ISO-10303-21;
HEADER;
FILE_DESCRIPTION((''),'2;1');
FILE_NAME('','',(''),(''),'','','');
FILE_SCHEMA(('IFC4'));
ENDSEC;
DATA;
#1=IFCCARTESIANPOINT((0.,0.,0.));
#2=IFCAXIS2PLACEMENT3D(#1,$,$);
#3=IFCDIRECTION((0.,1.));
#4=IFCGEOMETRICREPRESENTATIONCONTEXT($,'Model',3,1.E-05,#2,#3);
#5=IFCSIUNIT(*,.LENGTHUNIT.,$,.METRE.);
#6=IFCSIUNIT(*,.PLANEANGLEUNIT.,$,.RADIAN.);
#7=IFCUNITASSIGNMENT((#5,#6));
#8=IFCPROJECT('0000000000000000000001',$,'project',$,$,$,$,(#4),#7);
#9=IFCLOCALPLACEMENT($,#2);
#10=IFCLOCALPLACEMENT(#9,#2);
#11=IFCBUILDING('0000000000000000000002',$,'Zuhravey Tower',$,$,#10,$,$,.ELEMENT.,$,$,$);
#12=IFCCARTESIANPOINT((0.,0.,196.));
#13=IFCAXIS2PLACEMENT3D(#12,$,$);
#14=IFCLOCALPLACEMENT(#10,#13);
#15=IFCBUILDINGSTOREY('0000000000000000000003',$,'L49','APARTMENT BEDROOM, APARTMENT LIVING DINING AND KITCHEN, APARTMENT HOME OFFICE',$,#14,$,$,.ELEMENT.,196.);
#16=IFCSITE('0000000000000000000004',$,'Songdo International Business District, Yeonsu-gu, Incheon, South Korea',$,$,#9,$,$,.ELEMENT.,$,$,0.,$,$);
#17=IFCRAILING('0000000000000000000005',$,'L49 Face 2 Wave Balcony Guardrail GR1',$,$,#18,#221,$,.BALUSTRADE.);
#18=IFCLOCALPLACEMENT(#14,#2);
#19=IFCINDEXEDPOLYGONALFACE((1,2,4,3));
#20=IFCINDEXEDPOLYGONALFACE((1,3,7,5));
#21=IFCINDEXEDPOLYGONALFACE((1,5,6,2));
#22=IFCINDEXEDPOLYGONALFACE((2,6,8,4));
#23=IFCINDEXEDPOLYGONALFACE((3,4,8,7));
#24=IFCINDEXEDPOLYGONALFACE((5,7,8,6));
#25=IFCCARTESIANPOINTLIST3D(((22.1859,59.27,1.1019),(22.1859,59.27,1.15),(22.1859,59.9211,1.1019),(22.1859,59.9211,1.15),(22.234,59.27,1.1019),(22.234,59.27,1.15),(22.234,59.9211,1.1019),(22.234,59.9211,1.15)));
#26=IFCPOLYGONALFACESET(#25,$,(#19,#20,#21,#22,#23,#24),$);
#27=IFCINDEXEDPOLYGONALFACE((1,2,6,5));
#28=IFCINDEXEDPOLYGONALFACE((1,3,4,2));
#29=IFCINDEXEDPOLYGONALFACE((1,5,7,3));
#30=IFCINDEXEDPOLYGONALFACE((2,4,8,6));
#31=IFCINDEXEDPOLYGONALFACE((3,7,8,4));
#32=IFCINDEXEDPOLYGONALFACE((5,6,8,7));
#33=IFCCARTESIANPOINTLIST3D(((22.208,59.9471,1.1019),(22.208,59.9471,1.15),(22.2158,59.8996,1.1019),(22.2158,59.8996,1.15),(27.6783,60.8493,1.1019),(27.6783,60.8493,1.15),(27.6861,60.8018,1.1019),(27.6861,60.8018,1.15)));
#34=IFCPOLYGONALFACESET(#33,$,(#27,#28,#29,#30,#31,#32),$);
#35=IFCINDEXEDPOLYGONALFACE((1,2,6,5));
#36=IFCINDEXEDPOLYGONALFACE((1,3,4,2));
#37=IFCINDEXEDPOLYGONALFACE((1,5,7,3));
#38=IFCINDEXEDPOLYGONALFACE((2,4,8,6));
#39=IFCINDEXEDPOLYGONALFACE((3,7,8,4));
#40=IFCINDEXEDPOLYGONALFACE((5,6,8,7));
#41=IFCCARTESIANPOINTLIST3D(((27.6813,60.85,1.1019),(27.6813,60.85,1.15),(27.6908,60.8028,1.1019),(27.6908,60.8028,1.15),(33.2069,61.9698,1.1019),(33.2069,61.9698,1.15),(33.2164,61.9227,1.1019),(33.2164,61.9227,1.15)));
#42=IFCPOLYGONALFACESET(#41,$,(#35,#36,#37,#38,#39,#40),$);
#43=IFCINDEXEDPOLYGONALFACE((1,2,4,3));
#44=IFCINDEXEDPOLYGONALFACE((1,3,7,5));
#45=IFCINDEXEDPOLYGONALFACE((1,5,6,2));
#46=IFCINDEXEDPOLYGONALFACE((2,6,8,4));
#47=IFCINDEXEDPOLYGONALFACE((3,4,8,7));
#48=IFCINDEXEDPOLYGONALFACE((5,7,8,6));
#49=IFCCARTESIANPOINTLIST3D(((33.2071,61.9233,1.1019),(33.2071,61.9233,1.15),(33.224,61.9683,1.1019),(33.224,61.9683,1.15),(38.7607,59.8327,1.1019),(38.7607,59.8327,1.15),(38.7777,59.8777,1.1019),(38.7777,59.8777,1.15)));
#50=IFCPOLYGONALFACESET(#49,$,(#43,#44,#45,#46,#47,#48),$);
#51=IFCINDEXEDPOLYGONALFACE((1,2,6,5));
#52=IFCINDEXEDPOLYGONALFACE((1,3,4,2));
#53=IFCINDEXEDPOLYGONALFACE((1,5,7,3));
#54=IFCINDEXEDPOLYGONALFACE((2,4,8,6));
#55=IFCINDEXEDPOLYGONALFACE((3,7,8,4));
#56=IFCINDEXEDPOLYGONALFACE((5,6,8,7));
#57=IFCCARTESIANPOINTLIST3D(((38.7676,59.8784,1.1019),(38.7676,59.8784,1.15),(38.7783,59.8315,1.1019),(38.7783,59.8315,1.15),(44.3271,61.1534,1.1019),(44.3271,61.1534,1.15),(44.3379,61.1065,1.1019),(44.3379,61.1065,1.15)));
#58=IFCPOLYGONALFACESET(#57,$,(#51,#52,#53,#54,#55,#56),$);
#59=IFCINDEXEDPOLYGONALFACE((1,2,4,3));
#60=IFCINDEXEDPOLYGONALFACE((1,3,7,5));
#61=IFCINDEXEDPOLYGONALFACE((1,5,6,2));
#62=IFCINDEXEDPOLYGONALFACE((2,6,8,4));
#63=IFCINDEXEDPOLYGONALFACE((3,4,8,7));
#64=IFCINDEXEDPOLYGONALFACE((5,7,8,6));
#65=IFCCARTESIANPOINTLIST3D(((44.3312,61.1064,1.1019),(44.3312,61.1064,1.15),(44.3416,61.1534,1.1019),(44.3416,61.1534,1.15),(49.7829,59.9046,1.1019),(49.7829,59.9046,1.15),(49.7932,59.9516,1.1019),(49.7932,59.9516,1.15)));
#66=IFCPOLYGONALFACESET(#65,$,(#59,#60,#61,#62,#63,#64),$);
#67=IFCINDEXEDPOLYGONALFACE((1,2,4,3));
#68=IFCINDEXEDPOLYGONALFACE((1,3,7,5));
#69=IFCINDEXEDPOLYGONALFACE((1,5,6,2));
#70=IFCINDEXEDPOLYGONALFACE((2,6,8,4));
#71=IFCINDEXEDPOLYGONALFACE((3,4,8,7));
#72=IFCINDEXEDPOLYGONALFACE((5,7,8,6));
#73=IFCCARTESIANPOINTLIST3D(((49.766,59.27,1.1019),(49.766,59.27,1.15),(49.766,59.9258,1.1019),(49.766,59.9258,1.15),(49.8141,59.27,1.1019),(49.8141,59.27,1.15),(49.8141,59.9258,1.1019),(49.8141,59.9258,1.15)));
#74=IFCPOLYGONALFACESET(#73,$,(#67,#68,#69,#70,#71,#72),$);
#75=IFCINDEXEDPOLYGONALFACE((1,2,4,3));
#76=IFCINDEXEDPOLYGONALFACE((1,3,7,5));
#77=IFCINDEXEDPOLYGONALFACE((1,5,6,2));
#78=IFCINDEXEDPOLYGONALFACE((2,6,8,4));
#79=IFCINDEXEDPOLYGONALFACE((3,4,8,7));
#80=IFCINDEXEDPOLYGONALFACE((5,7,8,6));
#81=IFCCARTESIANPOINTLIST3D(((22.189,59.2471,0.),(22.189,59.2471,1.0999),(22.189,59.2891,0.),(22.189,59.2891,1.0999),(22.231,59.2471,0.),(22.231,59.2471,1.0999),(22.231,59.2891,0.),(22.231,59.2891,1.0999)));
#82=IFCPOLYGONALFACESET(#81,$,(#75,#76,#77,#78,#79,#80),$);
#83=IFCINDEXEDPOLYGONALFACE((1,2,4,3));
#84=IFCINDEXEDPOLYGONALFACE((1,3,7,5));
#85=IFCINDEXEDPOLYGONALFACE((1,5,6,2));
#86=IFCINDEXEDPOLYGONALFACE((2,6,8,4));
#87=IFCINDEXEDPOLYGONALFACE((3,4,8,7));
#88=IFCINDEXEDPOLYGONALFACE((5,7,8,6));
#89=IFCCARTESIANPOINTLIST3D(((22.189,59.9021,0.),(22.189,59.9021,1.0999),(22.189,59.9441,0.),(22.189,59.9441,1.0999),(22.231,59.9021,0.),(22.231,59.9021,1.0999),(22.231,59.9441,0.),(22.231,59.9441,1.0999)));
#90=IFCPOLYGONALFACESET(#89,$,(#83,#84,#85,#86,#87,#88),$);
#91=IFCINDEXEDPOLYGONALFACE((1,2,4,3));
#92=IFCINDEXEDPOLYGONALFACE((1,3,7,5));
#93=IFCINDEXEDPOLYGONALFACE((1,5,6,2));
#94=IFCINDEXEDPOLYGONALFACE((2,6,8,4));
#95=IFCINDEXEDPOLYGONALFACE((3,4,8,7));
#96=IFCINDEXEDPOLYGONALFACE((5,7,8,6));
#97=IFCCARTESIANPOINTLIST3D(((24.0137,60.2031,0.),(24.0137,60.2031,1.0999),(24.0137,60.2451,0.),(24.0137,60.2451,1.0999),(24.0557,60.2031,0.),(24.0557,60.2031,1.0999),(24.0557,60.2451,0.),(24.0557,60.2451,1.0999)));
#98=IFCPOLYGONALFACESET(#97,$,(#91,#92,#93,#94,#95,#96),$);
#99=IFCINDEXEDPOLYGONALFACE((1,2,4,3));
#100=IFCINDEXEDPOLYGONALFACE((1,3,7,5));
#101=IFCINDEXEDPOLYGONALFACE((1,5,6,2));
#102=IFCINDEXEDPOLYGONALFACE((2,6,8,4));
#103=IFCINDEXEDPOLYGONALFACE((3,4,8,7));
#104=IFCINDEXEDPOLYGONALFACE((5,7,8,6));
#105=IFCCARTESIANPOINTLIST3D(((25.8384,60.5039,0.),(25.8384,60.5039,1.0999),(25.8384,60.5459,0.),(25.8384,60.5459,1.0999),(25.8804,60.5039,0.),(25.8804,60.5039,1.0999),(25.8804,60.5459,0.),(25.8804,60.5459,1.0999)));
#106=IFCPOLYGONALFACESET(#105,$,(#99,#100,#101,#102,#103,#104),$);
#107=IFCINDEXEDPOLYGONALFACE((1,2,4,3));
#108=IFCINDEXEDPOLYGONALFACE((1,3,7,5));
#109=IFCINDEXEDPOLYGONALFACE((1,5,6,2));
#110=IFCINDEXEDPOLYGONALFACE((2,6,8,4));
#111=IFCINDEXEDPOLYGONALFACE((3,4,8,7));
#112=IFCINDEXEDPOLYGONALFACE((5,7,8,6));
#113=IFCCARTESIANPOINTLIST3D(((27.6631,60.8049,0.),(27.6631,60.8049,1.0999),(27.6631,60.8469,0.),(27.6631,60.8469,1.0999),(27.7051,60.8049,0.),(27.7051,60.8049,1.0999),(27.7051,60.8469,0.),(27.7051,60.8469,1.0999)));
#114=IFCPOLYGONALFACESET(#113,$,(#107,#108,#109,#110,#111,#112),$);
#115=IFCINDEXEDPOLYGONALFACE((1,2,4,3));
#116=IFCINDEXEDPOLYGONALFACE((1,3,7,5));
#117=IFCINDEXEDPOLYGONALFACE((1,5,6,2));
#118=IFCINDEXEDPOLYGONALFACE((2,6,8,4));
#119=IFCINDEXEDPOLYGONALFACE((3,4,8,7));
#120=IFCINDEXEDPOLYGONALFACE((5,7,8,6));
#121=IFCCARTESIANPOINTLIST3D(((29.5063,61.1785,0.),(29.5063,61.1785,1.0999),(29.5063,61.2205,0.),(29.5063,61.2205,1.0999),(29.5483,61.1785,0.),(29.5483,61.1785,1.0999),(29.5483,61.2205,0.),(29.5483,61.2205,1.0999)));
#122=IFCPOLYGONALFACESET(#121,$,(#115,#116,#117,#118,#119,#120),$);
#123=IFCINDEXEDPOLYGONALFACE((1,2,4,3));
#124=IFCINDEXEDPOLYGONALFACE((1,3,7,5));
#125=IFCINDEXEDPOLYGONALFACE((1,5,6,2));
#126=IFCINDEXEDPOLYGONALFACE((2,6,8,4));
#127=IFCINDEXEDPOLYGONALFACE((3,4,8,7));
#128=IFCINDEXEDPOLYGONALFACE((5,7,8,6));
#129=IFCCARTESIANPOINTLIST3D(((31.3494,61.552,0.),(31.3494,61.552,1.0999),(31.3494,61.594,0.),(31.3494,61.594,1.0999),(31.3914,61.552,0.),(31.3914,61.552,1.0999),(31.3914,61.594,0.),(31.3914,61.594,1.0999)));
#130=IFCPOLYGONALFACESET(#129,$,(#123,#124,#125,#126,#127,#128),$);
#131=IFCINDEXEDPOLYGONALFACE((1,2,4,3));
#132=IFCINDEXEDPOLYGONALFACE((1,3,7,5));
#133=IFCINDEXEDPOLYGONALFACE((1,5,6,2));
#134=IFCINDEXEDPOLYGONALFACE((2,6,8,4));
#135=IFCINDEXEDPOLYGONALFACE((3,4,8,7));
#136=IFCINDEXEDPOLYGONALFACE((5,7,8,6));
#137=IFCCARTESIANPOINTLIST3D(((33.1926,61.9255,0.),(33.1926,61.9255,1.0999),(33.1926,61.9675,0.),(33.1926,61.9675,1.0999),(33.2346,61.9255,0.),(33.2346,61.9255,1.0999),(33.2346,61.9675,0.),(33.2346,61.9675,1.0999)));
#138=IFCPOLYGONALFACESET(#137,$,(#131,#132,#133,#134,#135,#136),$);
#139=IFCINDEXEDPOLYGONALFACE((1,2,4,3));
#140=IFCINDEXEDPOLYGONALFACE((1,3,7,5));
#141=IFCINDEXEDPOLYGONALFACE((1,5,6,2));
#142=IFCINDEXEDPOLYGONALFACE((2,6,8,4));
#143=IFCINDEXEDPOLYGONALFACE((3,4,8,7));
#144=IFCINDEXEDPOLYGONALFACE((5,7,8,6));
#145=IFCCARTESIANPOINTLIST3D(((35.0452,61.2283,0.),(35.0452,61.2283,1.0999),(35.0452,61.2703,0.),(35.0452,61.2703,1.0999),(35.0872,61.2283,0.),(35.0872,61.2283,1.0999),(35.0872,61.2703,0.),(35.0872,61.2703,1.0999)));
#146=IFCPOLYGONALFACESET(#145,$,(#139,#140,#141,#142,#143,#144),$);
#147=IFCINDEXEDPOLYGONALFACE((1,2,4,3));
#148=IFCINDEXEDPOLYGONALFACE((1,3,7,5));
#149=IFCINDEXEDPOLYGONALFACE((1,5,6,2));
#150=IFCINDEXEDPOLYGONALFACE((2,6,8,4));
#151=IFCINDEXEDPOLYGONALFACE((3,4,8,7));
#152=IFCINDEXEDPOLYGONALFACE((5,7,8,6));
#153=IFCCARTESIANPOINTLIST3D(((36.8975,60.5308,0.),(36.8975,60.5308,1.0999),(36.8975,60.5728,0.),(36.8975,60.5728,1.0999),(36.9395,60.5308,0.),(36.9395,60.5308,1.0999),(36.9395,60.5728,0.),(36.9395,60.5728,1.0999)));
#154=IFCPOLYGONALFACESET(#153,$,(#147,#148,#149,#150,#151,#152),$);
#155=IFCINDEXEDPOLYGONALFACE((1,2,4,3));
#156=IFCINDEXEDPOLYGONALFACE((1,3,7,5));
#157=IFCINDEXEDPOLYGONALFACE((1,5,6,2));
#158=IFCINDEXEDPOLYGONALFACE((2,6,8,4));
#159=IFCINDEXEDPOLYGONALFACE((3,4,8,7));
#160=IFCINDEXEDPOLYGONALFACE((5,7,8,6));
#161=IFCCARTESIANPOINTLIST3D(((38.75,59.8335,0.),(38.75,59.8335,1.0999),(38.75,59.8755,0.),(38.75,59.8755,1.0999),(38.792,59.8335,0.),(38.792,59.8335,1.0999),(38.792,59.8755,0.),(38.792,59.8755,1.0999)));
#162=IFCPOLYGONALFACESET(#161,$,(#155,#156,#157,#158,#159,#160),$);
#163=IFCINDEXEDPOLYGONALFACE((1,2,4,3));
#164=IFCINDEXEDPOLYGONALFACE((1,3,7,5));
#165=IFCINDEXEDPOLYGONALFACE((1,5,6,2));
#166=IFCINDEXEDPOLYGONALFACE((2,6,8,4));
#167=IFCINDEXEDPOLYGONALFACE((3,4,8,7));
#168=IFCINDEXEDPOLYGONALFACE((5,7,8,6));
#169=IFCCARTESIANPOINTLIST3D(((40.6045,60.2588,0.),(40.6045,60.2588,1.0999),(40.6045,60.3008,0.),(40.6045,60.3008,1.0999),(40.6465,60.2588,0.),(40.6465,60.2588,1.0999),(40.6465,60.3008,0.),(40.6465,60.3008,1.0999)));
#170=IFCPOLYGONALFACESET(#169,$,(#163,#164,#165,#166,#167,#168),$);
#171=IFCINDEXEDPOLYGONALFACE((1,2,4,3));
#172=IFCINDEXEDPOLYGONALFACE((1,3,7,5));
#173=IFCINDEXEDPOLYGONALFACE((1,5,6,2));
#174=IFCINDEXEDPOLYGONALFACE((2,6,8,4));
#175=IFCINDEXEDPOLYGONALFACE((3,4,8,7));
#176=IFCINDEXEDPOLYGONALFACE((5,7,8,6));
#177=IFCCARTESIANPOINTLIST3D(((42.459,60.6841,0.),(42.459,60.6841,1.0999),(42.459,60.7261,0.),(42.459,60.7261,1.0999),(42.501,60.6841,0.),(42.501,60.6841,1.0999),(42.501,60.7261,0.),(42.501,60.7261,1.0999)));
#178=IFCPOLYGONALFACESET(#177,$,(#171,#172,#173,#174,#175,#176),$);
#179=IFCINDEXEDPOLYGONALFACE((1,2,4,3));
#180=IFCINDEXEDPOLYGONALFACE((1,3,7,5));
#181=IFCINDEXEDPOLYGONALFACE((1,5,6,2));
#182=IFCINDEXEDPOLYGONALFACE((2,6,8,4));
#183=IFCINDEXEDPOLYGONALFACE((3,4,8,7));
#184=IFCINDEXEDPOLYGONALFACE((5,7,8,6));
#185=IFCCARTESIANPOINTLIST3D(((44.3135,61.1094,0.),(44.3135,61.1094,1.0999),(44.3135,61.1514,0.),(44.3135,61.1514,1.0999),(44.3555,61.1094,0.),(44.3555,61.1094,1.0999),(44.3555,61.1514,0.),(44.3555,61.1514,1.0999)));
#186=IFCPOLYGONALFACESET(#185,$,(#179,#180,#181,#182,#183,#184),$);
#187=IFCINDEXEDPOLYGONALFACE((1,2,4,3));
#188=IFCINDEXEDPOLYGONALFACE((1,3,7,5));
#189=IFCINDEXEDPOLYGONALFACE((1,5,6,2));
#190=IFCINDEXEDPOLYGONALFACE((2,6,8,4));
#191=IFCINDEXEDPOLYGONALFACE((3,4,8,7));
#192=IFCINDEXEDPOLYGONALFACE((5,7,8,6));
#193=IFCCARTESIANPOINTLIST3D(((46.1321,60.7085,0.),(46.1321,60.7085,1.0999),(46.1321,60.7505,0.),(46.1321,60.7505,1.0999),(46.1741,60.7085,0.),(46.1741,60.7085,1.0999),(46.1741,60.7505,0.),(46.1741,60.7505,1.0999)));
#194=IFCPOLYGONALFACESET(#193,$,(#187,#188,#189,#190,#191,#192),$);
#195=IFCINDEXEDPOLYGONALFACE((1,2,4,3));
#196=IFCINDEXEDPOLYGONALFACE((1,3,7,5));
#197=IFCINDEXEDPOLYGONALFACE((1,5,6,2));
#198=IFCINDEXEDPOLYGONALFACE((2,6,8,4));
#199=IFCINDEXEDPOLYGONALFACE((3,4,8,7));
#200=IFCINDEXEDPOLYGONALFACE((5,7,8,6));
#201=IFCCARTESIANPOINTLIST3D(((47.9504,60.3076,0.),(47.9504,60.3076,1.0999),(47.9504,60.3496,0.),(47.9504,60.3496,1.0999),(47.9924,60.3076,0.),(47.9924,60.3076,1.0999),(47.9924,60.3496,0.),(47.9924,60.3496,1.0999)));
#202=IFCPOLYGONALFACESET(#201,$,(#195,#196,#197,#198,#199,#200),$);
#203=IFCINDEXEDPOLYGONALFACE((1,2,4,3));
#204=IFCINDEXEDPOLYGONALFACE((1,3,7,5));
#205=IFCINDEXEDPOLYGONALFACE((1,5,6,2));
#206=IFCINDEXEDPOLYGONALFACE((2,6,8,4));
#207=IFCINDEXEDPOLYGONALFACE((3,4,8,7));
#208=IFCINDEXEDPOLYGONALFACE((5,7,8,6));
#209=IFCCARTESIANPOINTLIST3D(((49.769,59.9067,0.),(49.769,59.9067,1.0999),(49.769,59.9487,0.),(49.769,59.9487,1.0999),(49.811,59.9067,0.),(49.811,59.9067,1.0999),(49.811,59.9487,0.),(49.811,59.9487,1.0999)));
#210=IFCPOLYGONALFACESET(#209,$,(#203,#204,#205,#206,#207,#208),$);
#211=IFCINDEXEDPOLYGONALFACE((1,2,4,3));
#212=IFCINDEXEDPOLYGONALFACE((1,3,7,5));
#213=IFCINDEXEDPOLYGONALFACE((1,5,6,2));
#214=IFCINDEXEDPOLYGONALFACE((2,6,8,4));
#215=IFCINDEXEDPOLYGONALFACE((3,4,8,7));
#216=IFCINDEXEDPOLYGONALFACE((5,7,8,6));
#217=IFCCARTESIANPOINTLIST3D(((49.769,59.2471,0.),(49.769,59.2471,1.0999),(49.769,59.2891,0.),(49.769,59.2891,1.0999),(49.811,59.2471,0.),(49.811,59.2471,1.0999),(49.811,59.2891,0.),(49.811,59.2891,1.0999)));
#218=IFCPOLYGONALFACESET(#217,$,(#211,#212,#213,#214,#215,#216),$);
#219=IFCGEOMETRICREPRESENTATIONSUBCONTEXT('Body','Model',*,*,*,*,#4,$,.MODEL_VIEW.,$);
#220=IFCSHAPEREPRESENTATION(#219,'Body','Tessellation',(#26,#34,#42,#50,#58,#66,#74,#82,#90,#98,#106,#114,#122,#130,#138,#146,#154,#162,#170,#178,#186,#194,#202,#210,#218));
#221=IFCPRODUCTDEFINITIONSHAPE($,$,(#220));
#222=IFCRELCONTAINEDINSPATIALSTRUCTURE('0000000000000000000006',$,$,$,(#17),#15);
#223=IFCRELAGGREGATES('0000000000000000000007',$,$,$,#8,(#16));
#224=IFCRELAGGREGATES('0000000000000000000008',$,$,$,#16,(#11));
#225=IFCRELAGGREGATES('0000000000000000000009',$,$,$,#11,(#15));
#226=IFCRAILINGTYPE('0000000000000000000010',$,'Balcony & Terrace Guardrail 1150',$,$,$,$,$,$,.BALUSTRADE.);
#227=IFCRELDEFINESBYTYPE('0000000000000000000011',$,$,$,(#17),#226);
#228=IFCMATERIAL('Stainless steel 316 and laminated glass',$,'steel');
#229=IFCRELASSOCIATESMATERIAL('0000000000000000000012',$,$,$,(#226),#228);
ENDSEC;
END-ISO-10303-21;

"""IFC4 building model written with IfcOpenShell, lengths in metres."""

from ifc_helpers import new_model, si_unit, direction, frame, origin, origin_2d, place, context, subcontext, project, spatial, rectangle, extrude, material, type_object, element, save


model = new_model("IFC4")

# Units and contexts
model_context = context("Model", 3, precision=1e-05, world=origin(), true_north=direction((0.0, 1.0)))
body_context = subcontext(model_context, "Body", "Model", "MODEL_VIEW")
ifc_project = project(units=[si_unit("LENGTHUNIT", "METRE"), si_unit("PLANEANGLEUNIT", "RADIAN")], contexts=[model_context])

# Site, building, storey
site_placement = place(None, origin())
site = spatial("IfcSite", under=ifc_project, at=site_placement, Name="Songdo International Business District, Yeonsu-gu, Incheon, South Korea", CompositionType="ELEMENT", RefElevation=0.0)
building_placement = place(site_placement, origin())
building = spatial("IfcBuilding", under=site, at=building_placement, Name="Zuhravey Tower", CompositionType="ELEMENT")
storey_placement = place(building_placement, frame((0.0, 0.0, 196.0)))
storey = spatial("IfcBuildingStorey", under=building, at=storey_placement, Name="L49", Description="APARTMENT BEDROOM, APARTMENT LIVING DINING AND KITCHEN, APARTMENT HOME OFFICE", CompositionType="ELEMENT", Elevation=196.0)

# Railing
ifc_material_1 = material(Name="Stainless steel 316 and laminated glass", Category="steel")
railing_type = type_object("IfcRailingType", Name="Balcony & Terrace Guardrail 1150", PredefinedType="BALUSTRADE", material=ifc_material_1)
railing_placement = place(storey_placement, frame((22.21, 59.2681, 0.0)))
element("IfcRailing", 1, at=railing_placement, inside=storey, type_object=railing_type, Name="L49 Face 2 Wave Balcony Guardrail GR1", PredefinedType="BALUSTRADE", context=body_context, shape_type="SweptSolid", body=[
    extrude(rectangle(XDim=0.0481, YDim=0.0481, at=origin_2d()), frame((0.0, 0.002, 1.126), z_axis=(0.0, 1.0, 0.0), x_axis=(-1.0, 0.0, 0.0)), (0.0, 0.0, 1.0), 0.6511),
    extrude(rectangle(XDim=0.0481, YDim=0.0481, at=origin_2d()), frame((0.002, 0.6553, 1.126), z_axis=(0.986671, 0.162729, 0.0), x_axis=(-0.162729, 0.986671, 0.0)), (0.0, 0.0, 1.0), 5.5442),
    extrude(rectangle(XDim=0.0481, YDim=0.0481, at=origin_2d()), frame((5.4761, 1.5583, 1.126), z_axis=(0.980077, 0.19862, 0.0), x_axis=(-0.19862, 0.980077, 0.0)), (0.0, 0.0, 1.0), 5.6379),
    extrude(rectangle(XDim=0.0481, YDim=0.0481, at=origin_2d()), frame((11.0056, 2.6777, 1.126), z_axis=(0.935884, -0.352308, 0.0), x_axis=(0.352308, 0.935884, 0.0)), (0.0, 0.0, 1.0), 5.9341),
    extrude(rectangle(XDim=0.0481, YDim=0.0481, at=origin_2d()), frame((16.563, 0.5869, 1.126), z_axis=(0.974697, 0.223529, 0.0), x_axis=(-0.223529, 0.974697, 0.0)), (0.0, 0.0, 1.0), 5.7039),
    extrude(rectangle(XDim=0.0481, YDim=0.0481, at=origin_2d()), frame((22.1265, 1.8618, 1.126), z_axis=(0.976554, -0.215274, 0.0), x_axis=(0.215274, 0.976554, 0.0)), (0.0, 0.0, 1.0), 5.5825),
    extrude(rectangle(XDim=0.0481, YDim=0.0481, at=origin_2d()), frame((27.5801, 0.6577, 1.126), z_axis=(0.0, -1.0, 0.0), x_axis=(1.0, 0.0, 0.0)), (0.0, 0.0, 1.0), 0.6558),
    extrude(rectangle(XDim=0.042, YDim=0.042, at=origin_2d()), origin(), (0.0, 0.0, 1.0), 1.0999),
    extrude(rectangle(XDim=0.042, YDim=0.042, at=origin_2d()), frame((0.0, 0.655, 0.0)), (0.0, 0.0, 1.0), 1.0999),
    extrude(rectangle(XDim=0.042, YDim=0.042, at=origin_2d()), frame((1.8247, 0.9561, 0.0)), (0.0, 0.0, 1.0), 1.0999),
    extrude(rectangle(XDim=0.042, YDim=0.042, at=origin_2d()), frame((3.6494, 1.2568, 0.0)), (0.0, 0.0, 1.0), 1.0999),
    extrude(rectangle(XDim=0.042, YDim=0.042, at=origin_2d()), frame((5.4741, 1.5579, 0.0)), (0.0, 0.0, 1.0), 1.0999),
    extrude(rectangle(XDim=0.042, YDim=0.042, at=origin_2d()), frame((7.3174, 1.9314, 0.0)), (0.0, 0.0, 1.0), 1.0999),
    extrude(rectangle(XDim=0.042, YDim=0.042, at=origin_2d()), frame((9.1604, 2.3049, 0.0)), (0.0, 0.0, 1.0), 1.0999),
    extrude(rectangle(XDim=0.042, YDim=0.042, at=origin_2d()), frame((11.0037, 2.6785, 0.0)), (0.0, 0.0, 1.0), 1.0999),
    extrude(rectangle(XDim=0.042, YDim=0.042, at=origin_2d()), frame((12.8562, 1.9812, 0.0)), (0.0, 0.0, 1.0), 1.0999),
    extrude(rectangle(XDim=0.042, YDim=0.042, at=origin_2d()), frame((14.7085, 1.2837, 0.0)), (0.0, 0.0, 1.0), 1.0999),
    extrude(rectangle(XDim=0.042, YDim=0.042, at=origin_2d()), frame((16.561, 0.5864, 0.0)), (0.0, 0.0, 1.0), 1.0999),
    extrude(rectangle(XDim=0.042, YDim=0.042, at=origin_2d()), frame((18.4155, 1.0117, 0.0)), (0.0, 0.0, 1.0), 1.0999),
    extrude(rectangle(XDim=0.042, YDim=0.042, at=origin_2d()), frame((20.27, 1.437, 0.0)), (0.0, 0.0, 1.0), 1.0999),
    extrude(rectangle(XDim=0.042, YDim=0.042, at=origin_2d()), frame((22.1245, 1.8623, 0.0)), (0.0, 0.0, 1.0), 1.0999),
    extrude(rectangle(XDim=0.042, YDim=0.042, at=origin_2d()), frame((23.9431, 1.4614, 0.0)), (0.0, 0.0, 1.0), 1.0999),
    extrude(rectangle(XDim=0.042, YDim=0.042, at=origin_2d()), frame((25.7615, 1.0605, 0.0)), (0.0, 0.0, 1.0), 1.0999),
    extrude(rectangle(XDim=0.042, YDim=0.042, at=origin_2d()), frame((27.5801, 0.6597, 0.0)), (0.0, 0.0, 1.0), 1.0999),
    extrude(rectangle(XDim=0.042, YDim=0.042, at=origin_2d()), frame((27.5801, 0.0, 0.0)), (0.0, 0.0, 1.0), 1.0999),
])

save(model, "model.ifc")
